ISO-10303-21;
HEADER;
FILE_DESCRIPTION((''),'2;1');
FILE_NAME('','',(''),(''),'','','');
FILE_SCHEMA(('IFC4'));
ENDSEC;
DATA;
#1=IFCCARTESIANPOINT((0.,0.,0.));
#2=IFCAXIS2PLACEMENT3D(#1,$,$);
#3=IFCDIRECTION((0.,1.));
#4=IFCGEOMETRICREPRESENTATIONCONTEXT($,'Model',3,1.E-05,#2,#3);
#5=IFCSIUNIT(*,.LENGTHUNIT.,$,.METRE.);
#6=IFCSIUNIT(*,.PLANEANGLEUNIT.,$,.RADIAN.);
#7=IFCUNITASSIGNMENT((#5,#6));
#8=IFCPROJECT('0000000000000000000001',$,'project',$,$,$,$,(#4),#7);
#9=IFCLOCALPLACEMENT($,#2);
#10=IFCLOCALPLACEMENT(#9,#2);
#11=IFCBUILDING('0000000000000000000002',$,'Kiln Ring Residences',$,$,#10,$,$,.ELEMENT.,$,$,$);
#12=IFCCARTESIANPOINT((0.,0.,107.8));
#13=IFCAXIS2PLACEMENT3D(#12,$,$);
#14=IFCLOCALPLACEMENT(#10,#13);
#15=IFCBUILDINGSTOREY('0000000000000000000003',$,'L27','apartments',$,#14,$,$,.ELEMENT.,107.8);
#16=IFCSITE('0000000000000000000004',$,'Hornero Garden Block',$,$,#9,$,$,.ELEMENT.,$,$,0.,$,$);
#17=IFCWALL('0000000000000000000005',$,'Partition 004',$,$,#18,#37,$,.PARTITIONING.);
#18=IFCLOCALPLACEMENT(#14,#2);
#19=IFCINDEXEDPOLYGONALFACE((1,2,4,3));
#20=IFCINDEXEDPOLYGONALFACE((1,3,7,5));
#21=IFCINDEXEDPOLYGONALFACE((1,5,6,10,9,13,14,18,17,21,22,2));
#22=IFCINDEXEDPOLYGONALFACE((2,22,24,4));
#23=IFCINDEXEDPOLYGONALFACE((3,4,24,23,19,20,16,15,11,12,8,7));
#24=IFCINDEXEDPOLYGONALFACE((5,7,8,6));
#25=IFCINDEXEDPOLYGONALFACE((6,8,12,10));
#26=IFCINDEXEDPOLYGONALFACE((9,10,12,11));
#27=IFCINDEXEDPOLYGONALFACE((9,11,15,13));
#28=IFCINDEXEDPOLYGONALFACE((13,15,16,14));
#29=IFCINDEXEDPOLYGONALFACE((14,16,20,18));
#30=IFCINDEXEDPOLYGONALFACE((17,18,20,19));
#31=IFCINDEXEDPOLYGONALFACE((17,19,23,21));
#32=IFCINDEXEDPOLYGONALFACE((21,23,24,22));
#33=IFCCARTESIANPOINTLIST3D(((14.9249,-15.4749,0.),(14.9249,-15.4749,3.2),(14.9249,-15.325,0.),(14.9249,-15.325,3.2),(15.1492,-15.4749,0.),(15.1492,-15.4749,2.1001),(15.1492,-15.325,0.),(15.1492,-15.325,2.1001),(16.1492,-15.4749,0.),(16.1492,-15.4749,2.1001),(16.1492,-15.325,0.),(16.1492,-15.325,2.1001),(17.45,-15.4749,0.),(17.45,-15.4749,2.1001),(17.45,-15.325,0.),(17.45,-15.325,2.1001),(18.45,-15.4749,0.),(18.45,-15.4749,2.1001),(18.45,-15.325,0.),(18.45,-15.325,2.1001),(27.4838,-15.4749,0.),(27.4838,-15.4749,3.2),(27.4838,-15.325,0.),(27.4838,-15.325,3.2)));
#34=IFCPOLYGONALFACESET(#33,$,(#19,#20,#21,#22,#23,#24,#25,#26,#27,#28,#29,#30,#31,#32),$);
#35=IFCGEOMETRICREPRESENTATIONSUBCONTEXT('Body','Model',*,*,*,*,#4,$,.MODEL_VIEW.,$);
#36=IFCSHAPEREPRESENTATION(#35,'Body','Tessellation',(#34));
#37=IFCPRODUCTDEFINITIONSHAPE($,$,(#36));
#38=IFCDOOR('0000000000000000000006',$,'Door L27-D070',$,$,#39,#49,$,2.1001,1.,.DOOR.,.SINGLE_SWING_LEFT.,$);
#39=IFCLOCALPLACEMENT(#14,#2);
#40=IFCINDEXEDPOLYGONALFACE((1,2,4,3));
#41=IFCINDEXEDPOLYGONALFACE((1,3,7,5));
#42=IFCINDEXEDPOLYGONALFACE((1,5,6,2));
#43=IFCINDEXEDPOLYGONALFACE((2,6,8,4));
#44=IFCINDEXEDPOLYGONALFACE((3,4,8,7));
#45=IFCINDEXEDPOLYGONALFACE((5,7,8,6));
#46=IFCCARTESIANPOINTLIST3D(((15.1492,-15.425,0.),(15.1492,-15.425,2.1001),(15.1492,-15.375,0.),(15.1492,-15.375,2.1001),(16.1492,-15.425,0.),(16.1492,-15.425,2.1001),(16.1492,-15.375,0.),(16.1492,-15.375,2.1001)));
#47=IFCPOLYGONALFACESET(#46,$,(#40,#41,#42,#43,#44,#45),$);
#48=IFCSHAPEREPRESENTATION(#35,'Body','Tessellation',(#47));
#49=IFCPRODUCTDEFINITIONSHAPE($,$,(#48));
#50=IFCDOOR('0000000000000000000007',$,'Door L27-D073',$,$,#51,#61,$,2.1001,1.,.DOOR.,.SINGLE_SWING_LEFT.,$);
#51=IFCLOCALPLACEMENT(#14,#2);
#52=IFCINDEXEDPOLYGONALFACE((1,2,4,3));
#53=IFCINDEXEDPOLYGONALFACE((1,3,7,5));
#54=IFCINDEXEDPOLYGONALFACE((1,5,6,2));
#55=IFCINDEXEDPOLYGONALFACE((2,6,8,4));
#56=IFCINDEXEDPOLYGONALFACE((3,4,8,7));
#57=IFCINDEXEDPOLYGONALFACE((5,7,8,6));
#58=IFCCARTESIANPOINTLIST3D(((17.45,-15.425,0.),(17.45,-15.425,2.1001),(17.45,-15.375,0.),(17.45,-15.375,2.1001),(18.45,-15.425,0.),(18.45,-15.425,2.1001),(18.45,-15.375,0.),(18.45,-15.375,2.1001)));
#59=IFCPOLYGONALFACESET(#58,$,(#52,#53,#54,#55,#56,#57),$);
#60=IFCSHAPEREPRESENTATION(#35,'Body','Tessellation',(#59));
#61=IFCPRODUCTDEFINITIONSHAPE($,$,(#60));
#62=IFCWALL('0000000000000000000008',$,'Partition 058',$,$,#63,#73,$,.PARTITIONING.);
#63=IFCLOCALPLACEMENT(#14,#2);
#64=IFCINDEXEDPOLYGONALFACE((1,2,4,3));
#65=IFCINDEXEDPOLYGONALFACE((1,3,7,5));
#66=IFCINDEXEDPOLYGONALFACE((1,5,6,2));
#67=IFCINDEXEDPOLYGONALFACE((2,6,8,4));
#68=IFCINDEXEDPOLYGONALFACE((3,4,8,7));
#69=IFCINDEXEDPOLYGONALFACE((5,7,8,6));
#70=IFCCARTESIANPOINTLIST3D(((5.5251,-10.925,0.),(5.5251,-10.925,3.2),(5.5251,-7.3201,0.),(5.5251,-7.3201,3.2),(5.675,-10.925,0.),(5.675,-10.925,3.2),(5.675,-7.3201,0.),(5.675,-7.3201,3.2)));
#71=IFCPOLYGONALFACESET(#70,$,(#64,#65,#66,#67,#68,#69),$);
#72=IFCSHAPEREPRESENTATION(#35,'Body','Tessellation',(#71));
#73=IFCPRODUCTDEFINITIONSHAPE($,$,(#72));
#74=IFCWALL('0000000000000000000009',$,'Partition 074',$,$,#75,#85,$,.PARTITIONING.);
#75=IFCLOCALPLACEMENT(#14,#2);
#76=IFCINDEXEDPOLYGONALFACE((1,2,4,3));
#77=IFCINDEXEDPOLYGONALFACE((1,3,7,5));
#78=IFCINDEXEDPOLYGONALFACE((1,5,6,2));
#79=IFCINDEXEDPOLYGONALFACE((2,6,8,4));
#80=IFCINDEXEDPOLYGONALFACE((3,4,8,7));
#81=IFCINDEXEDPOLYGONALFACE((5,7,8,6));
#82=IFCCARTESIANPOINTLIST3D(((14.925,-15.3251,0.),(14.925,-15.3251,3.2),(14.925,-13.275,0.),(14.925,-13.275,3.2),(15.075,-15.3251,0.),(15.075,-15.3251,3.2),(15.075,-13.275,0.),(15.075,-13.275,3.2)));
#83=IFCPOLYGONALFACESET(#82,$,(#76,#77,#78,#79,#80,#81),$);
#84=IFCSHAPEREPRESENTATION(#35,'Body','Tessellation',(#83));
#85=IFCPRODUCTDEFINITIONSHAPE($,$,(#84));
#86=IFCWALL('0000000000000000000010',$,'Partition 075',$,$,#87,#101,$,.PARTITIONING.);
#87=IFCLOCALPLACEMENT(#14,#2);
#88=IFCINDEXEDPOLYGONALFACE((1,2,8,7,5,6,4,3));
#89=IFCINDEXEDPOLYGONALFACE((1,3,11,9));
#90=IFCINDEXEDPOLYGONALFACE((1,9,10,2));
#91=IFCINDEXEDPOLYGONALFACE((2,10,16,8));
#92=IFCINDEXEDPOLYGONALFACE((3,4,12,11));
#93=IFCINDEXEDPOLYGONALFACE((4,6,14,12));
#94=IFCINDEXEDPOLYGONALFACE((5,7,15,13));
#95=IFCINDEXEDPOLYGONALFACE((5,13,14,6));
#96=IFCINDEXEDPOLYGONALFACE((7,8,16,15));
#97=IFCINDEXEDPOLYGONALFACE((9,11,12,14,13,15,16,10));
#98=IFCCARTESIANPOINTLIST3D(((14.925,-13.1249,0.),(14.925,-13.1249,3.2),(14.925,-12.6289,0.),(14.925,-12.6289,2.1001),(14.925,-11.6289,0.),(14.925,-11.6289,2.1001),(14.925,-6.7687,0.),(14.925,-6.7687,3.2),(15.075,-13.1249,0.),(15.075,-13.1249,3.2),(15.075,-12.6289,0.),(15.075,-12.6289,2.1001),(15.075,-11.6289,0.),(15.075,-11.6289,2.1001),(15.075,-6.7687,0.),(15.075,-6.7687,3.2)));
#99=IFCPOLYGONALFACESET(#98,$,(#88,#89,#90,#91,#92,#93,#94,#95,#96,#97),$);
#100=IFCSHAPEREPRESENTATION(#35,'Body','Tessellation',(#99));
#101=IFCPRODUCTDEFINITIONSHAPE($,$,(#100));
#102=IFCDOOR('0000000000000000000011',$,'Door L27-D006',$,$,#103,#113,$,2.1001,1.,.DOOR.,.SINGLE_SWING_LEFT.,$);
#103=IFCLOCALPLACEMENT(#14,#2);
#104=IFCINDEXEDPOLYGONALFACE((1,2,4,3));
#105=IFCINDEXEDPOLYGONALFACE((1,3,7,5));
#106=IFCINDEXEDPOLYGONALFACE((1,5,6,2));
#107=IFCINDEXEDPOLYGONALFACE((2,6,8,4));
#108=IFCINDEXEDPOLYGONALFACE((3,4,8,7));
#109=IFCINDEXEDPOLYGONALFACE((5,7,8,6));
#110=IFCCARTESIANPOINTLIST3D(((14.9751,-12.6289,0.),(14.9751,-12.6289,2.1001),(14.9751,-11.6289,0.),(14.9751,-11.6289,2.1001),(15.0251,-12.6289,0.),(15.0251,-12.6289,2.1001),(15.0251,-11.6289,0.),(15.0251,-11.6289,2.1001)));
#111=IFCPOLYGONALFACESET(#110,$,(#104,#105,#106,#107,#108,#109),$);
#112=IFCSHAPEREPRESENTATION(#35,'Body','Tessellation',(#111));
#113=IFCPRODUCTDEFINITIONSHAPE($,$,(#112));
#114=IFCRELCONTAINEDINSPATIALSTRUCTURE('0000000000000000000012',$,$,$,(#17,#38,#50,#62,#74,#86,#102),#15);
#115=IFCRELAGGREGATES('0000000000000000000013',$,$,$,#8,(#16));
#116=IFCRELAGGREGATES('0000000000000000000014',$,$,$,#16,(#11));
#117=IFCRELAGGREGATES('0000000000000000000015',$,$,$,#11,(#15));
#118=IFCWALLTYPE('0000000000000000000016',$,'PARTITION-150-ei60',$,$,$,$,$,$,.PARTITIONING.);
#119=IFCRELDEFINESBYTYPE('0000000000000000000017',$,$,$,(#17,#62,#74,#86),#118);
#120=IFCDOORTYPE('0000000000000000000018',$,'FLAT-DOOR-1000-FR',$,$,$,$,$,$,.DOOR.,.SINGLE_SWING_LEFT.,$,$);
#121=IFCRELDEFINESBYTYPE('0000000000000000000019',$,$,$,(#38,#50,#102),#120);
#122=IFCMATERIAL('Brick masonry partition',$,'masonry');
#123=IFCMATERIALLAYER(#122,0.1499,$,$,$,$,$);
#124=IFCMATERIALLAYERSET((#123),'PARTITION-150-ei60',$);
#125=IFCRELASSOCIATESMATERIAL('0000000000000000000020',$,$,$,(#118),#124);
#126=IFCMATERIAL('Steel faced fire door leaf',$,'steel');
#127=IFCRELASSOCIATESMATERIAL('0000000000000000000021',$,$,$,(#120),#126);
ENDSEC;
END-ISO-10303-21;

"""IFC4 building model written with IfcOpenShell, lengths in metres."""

from ifc_helpers import new_model, si_unit, direction, frame, frame_2d, origin, place, context, subcontext, project, spatial, rectangle, extrude, material, layer, layer_set, type_object, element, fill, save


model = new_model("IFC4")

# Units and contexts
model_context = context("Model", 3, precision=1e-05, world=origin(), true_north=direction((0.0, 1.0)))
body_context = subcontext(model_context, "Body", "Model", "MODEL_VIEW")
ifc_project = project(units=[si_unit("LENGTHUNIT", "METRE"), si_unit("PLANEANGLEUNIT", "RADIAN")], contexts=[model_context])

# Site, building, storey
site_placement = place(None, origin())
site = spatial("IfcSite", under=ifc_project, at=site_placement, Name="Hornero Garden Block", CompositionType="ELEMENT", RefElevation=0.0)
building_placement = place(site_placement, origin())
building = spatial("IfcBuilding", under=site, at=building_placement, Name="Kiln Ring Residences", CompositionType="ELEMENT")
storey_placement = place(building_placement, frame((0.0, 0.0, 107.8)))
storey = spatial("IfcBuildingStorey", under=building, at=storey_placement, Name="L27", Description="apartments", CompositionType="ELEMENT", Elevation=107.8)

# Wall, openings, doors
ifc_material_1 = material(Name="Brick masonry partition", Category="masonry")
ifc_layer_1 = layer(ifc_material_1, 0.1499)
ifc_layer_set_1 = layer_set([ifc_layer_1], Name="PARTITION-150-ei60")
wall_type_1 = type_object("IfcWallType", Name="PARTITION-150-ei60", PredefinedType="PARTITIONING", material=ifc_layer_set_1)
wall_1_placement = place(storey_placement, frame((14.925, -15.3999, 0.0), z_axis=(0.0, 0.0, 1.0), x_axis=(1.0, 0.0, 0.0)))
wall_1 = element("IfcWall", 1, at=wall_1_placement, inside=storey, type_object=wall_type_1, Name="Partition 004", PredefinedType="PARTITIONING", context=body_context, shape_type="SweptSolid", body=[
    extrude(rectangle(XDim=12.5588, YDim=0.1499, at=frame_2d((6.2793, 0.0))), origin(), (0.0, 0.0, 1.0), 3.2),
])
opening_1_placement = place(wall_1_placement, frame((0.2241, 0.0, 0.0)))
opening_1 = element("IfcOpeningElement", 2, at=opening_1_placement, cuts=wall_1, PredefinedType="OPENING", context=body_context, shape_type="SweptSolid", body=[
    extrude(rectangle(XDim=1.0, YDim=2.1001, at=frame_2d((0.5, 1.05))), frame((0.0, 0.085, 0.0), z_axis=(0.0, -1.0, 0.0), x_axis=(1.0, 0.0, 0.0)), (0.0, 0.0, 1.0), 0.1699),
])
opening_2_placement = place(wall_1_placement, frame((2.5249, 0.0, 0.0)))
opening_2 = element("IfcOpeningElement", 3, at=opening_2_placement, cuts=wall_1, PredefinedType="OPENING", context=body_context, shape_type="SweptSolid", body=[
    extrude(rectangle(XDim=1.0, YDim=2.1001, at=frame_2d((0.5, 1.05))), frame((0.0, 0.085, 0.0), z_axis=(0.0, -1.0, 0.0), x_axis=(1.0, 0.0, 0.0)), (0.0, 0.0, 1.0), 0.1699),
])
ifc_material_2 = material(Name="Steel faced fire door leaf", Category="steel")
door_type_1 = type_object("IfcDoorType", Name="FLAT-DOOR-1000-FR", OperationType="SINGLE_SWING_LEFT", PredefinedType="DOOR", material=ifc_material_2)
door_1_placement = place(opening_1_placement, origin())
door_1 = element("IfcDoor", 4, at=door_1_placement, inside=storey, type_object=door_type_1, Name="Door L27-D070", OperationType="SINGLE_SWING_LEFT", OverallHeight=2.1001, OverallWidth=1.0, PredefinedType="DOOR", context=body_context, shape_type="SweptSolid", body=[
    extrude(rectangle(XDim=1.0, YDim=2.1001, at=frame_2d((0.5, 1.05))), frame((0.0, 0.0249, 0.0), z_axis=(0.0, -1.0, 0.0), x_axis=(1.0, 0.0, 0.0)), (0.0, 0.0, 1.0), 0.05),
])
fill(opening_1, door_1)
door_2_placement = place(opening_2_placement, origin())
door_2 = element("IfcDoor", 5, at=door_2_placement, inside=storey, type_object=door_type_1, Name="Door L27-D073", OperationType="SINGLE_SWING_LEFT", OverallHeight=2.1001, OverallWidth=1.0, PredefinedType="DOOR", context=body_context, shape_type="SweptSolid", body=[
    extrude(rectangle(XDim=1.0, YDim=2.1001, at=frame_2d((0.5, 1.05))), frame((0.0, 0.0249, 0.0), z_axis=(0.0, -1.0, 0.0), x_axis=(1.0, 0.0, 0.0)), (0.0, 0.0, 1.0), 0.05),
])
fill(opening_2, door_2)

# Walls
wall_2_placement = place(storey_placement, frame((5.6001, -10.925, 0.0), z_axis=(0.0, 0.0, 1.0), x_axis=(0.0, 1.0, 0.0)))
element("IfcWall", 6, at=wall_2_placement, inside=storey, type_object=wall_type_1, Name="Partition 058", PredefinedType="PARTITIONING", context=body_context, shape_type="SweptSolid", body=[
    extrude(rectangle(XDim=3.605, YDim=0.1499, at=frame_2d((1.8025, 0.0))), origin(), (0.0, 0.0, 1.0), 3.2),
])
wall_3_placement = place(storey_placement, frame((15.0, -15.325, 0.0), z_axis=(0.0, 0.0, 1.0), x_axis=(0.0, 1.0, 0.0)))
element("IfcWall", 7, at=wall_3_placement, inside=storey, type_object=wall_type_1, Name="Partition 074", PredefinedType="PARTITIONING", context=body_context, shape_type="SweptSolid", body=[
    extrude(rectangle(XDim=2.05, YDim=0.1499, at=frame_2d((1.0249, 0.0))), origin(), (0.0, 0.0, 1.0), 3.2),
])

# Wall, opening, door
wall_4_placement = place(storey_placement, frame((15.0, -13.125, 0.0), z_axis=(0.0, 0.0, 1.0), x_axis=(0.0, 1.0, 0.0)))
wall_4 = element("IfcWall", 8, at=wall_4_placement, inside=storey, type_object=wall_type_1, Name="Partition 075", PredefinedType="PARTITIONING", context=body_context, shape_type="SweptSolid", body=[
    extrude(rectangle(XDim=6.3562, YDim=0.1499, at=frame_2d((3.1782, 0.0))), origin(), (0.0, 0.0, 1.0), 3.2),
])
opening_3_placement = place(wall_4_placement, frame((0.4961, 0.0, 0.0)))
opening_3 = element("IfcOpeningElement", 9, at=opening_3_placement, cuts=wall_4, PredefinedType="OPENING", context=body_context, shape_type="SweptSolid", body=[
    extrude(rectangle(XDim=1.0, YDim=2.1001, at=frame_2d((0.5, 1.05))), frame((0.0, 0.085, 0.0), z_axis=(0.0, -1.0, 0.0), x_axis=(1.0, 0.0, 0.0)), (0.0, 0.0, 1.0), 0.1699),
])
door_3_placement = place(opening_3_placement, origin())
door_3 = element("IfcDoor", 10, at=door_3_placement, inside=storey, type_object=door_type_1, Name="Door L27-D006", OperationType="SINGLE_SWING_LEFT", OverallHeight=2.1001, OverallWidth=1.0, PredefinedType="DOOR", context=body_context, shape_type="SweptSolid", body=[
    extrude(rectangle(XDim=1.0, YDim=2.1001, at=frame_2d((0.5, 1.05))), frame((0.0, 0.0249, 0.0), z_axis=(0.0, -1.0, 0.0), x_axis=(1.0, 0.0, 0.0)), (0.0, 0.0, 1.0), 0.05),
])
fill(opening_3, door_3)

save(model, "model.ifc")
